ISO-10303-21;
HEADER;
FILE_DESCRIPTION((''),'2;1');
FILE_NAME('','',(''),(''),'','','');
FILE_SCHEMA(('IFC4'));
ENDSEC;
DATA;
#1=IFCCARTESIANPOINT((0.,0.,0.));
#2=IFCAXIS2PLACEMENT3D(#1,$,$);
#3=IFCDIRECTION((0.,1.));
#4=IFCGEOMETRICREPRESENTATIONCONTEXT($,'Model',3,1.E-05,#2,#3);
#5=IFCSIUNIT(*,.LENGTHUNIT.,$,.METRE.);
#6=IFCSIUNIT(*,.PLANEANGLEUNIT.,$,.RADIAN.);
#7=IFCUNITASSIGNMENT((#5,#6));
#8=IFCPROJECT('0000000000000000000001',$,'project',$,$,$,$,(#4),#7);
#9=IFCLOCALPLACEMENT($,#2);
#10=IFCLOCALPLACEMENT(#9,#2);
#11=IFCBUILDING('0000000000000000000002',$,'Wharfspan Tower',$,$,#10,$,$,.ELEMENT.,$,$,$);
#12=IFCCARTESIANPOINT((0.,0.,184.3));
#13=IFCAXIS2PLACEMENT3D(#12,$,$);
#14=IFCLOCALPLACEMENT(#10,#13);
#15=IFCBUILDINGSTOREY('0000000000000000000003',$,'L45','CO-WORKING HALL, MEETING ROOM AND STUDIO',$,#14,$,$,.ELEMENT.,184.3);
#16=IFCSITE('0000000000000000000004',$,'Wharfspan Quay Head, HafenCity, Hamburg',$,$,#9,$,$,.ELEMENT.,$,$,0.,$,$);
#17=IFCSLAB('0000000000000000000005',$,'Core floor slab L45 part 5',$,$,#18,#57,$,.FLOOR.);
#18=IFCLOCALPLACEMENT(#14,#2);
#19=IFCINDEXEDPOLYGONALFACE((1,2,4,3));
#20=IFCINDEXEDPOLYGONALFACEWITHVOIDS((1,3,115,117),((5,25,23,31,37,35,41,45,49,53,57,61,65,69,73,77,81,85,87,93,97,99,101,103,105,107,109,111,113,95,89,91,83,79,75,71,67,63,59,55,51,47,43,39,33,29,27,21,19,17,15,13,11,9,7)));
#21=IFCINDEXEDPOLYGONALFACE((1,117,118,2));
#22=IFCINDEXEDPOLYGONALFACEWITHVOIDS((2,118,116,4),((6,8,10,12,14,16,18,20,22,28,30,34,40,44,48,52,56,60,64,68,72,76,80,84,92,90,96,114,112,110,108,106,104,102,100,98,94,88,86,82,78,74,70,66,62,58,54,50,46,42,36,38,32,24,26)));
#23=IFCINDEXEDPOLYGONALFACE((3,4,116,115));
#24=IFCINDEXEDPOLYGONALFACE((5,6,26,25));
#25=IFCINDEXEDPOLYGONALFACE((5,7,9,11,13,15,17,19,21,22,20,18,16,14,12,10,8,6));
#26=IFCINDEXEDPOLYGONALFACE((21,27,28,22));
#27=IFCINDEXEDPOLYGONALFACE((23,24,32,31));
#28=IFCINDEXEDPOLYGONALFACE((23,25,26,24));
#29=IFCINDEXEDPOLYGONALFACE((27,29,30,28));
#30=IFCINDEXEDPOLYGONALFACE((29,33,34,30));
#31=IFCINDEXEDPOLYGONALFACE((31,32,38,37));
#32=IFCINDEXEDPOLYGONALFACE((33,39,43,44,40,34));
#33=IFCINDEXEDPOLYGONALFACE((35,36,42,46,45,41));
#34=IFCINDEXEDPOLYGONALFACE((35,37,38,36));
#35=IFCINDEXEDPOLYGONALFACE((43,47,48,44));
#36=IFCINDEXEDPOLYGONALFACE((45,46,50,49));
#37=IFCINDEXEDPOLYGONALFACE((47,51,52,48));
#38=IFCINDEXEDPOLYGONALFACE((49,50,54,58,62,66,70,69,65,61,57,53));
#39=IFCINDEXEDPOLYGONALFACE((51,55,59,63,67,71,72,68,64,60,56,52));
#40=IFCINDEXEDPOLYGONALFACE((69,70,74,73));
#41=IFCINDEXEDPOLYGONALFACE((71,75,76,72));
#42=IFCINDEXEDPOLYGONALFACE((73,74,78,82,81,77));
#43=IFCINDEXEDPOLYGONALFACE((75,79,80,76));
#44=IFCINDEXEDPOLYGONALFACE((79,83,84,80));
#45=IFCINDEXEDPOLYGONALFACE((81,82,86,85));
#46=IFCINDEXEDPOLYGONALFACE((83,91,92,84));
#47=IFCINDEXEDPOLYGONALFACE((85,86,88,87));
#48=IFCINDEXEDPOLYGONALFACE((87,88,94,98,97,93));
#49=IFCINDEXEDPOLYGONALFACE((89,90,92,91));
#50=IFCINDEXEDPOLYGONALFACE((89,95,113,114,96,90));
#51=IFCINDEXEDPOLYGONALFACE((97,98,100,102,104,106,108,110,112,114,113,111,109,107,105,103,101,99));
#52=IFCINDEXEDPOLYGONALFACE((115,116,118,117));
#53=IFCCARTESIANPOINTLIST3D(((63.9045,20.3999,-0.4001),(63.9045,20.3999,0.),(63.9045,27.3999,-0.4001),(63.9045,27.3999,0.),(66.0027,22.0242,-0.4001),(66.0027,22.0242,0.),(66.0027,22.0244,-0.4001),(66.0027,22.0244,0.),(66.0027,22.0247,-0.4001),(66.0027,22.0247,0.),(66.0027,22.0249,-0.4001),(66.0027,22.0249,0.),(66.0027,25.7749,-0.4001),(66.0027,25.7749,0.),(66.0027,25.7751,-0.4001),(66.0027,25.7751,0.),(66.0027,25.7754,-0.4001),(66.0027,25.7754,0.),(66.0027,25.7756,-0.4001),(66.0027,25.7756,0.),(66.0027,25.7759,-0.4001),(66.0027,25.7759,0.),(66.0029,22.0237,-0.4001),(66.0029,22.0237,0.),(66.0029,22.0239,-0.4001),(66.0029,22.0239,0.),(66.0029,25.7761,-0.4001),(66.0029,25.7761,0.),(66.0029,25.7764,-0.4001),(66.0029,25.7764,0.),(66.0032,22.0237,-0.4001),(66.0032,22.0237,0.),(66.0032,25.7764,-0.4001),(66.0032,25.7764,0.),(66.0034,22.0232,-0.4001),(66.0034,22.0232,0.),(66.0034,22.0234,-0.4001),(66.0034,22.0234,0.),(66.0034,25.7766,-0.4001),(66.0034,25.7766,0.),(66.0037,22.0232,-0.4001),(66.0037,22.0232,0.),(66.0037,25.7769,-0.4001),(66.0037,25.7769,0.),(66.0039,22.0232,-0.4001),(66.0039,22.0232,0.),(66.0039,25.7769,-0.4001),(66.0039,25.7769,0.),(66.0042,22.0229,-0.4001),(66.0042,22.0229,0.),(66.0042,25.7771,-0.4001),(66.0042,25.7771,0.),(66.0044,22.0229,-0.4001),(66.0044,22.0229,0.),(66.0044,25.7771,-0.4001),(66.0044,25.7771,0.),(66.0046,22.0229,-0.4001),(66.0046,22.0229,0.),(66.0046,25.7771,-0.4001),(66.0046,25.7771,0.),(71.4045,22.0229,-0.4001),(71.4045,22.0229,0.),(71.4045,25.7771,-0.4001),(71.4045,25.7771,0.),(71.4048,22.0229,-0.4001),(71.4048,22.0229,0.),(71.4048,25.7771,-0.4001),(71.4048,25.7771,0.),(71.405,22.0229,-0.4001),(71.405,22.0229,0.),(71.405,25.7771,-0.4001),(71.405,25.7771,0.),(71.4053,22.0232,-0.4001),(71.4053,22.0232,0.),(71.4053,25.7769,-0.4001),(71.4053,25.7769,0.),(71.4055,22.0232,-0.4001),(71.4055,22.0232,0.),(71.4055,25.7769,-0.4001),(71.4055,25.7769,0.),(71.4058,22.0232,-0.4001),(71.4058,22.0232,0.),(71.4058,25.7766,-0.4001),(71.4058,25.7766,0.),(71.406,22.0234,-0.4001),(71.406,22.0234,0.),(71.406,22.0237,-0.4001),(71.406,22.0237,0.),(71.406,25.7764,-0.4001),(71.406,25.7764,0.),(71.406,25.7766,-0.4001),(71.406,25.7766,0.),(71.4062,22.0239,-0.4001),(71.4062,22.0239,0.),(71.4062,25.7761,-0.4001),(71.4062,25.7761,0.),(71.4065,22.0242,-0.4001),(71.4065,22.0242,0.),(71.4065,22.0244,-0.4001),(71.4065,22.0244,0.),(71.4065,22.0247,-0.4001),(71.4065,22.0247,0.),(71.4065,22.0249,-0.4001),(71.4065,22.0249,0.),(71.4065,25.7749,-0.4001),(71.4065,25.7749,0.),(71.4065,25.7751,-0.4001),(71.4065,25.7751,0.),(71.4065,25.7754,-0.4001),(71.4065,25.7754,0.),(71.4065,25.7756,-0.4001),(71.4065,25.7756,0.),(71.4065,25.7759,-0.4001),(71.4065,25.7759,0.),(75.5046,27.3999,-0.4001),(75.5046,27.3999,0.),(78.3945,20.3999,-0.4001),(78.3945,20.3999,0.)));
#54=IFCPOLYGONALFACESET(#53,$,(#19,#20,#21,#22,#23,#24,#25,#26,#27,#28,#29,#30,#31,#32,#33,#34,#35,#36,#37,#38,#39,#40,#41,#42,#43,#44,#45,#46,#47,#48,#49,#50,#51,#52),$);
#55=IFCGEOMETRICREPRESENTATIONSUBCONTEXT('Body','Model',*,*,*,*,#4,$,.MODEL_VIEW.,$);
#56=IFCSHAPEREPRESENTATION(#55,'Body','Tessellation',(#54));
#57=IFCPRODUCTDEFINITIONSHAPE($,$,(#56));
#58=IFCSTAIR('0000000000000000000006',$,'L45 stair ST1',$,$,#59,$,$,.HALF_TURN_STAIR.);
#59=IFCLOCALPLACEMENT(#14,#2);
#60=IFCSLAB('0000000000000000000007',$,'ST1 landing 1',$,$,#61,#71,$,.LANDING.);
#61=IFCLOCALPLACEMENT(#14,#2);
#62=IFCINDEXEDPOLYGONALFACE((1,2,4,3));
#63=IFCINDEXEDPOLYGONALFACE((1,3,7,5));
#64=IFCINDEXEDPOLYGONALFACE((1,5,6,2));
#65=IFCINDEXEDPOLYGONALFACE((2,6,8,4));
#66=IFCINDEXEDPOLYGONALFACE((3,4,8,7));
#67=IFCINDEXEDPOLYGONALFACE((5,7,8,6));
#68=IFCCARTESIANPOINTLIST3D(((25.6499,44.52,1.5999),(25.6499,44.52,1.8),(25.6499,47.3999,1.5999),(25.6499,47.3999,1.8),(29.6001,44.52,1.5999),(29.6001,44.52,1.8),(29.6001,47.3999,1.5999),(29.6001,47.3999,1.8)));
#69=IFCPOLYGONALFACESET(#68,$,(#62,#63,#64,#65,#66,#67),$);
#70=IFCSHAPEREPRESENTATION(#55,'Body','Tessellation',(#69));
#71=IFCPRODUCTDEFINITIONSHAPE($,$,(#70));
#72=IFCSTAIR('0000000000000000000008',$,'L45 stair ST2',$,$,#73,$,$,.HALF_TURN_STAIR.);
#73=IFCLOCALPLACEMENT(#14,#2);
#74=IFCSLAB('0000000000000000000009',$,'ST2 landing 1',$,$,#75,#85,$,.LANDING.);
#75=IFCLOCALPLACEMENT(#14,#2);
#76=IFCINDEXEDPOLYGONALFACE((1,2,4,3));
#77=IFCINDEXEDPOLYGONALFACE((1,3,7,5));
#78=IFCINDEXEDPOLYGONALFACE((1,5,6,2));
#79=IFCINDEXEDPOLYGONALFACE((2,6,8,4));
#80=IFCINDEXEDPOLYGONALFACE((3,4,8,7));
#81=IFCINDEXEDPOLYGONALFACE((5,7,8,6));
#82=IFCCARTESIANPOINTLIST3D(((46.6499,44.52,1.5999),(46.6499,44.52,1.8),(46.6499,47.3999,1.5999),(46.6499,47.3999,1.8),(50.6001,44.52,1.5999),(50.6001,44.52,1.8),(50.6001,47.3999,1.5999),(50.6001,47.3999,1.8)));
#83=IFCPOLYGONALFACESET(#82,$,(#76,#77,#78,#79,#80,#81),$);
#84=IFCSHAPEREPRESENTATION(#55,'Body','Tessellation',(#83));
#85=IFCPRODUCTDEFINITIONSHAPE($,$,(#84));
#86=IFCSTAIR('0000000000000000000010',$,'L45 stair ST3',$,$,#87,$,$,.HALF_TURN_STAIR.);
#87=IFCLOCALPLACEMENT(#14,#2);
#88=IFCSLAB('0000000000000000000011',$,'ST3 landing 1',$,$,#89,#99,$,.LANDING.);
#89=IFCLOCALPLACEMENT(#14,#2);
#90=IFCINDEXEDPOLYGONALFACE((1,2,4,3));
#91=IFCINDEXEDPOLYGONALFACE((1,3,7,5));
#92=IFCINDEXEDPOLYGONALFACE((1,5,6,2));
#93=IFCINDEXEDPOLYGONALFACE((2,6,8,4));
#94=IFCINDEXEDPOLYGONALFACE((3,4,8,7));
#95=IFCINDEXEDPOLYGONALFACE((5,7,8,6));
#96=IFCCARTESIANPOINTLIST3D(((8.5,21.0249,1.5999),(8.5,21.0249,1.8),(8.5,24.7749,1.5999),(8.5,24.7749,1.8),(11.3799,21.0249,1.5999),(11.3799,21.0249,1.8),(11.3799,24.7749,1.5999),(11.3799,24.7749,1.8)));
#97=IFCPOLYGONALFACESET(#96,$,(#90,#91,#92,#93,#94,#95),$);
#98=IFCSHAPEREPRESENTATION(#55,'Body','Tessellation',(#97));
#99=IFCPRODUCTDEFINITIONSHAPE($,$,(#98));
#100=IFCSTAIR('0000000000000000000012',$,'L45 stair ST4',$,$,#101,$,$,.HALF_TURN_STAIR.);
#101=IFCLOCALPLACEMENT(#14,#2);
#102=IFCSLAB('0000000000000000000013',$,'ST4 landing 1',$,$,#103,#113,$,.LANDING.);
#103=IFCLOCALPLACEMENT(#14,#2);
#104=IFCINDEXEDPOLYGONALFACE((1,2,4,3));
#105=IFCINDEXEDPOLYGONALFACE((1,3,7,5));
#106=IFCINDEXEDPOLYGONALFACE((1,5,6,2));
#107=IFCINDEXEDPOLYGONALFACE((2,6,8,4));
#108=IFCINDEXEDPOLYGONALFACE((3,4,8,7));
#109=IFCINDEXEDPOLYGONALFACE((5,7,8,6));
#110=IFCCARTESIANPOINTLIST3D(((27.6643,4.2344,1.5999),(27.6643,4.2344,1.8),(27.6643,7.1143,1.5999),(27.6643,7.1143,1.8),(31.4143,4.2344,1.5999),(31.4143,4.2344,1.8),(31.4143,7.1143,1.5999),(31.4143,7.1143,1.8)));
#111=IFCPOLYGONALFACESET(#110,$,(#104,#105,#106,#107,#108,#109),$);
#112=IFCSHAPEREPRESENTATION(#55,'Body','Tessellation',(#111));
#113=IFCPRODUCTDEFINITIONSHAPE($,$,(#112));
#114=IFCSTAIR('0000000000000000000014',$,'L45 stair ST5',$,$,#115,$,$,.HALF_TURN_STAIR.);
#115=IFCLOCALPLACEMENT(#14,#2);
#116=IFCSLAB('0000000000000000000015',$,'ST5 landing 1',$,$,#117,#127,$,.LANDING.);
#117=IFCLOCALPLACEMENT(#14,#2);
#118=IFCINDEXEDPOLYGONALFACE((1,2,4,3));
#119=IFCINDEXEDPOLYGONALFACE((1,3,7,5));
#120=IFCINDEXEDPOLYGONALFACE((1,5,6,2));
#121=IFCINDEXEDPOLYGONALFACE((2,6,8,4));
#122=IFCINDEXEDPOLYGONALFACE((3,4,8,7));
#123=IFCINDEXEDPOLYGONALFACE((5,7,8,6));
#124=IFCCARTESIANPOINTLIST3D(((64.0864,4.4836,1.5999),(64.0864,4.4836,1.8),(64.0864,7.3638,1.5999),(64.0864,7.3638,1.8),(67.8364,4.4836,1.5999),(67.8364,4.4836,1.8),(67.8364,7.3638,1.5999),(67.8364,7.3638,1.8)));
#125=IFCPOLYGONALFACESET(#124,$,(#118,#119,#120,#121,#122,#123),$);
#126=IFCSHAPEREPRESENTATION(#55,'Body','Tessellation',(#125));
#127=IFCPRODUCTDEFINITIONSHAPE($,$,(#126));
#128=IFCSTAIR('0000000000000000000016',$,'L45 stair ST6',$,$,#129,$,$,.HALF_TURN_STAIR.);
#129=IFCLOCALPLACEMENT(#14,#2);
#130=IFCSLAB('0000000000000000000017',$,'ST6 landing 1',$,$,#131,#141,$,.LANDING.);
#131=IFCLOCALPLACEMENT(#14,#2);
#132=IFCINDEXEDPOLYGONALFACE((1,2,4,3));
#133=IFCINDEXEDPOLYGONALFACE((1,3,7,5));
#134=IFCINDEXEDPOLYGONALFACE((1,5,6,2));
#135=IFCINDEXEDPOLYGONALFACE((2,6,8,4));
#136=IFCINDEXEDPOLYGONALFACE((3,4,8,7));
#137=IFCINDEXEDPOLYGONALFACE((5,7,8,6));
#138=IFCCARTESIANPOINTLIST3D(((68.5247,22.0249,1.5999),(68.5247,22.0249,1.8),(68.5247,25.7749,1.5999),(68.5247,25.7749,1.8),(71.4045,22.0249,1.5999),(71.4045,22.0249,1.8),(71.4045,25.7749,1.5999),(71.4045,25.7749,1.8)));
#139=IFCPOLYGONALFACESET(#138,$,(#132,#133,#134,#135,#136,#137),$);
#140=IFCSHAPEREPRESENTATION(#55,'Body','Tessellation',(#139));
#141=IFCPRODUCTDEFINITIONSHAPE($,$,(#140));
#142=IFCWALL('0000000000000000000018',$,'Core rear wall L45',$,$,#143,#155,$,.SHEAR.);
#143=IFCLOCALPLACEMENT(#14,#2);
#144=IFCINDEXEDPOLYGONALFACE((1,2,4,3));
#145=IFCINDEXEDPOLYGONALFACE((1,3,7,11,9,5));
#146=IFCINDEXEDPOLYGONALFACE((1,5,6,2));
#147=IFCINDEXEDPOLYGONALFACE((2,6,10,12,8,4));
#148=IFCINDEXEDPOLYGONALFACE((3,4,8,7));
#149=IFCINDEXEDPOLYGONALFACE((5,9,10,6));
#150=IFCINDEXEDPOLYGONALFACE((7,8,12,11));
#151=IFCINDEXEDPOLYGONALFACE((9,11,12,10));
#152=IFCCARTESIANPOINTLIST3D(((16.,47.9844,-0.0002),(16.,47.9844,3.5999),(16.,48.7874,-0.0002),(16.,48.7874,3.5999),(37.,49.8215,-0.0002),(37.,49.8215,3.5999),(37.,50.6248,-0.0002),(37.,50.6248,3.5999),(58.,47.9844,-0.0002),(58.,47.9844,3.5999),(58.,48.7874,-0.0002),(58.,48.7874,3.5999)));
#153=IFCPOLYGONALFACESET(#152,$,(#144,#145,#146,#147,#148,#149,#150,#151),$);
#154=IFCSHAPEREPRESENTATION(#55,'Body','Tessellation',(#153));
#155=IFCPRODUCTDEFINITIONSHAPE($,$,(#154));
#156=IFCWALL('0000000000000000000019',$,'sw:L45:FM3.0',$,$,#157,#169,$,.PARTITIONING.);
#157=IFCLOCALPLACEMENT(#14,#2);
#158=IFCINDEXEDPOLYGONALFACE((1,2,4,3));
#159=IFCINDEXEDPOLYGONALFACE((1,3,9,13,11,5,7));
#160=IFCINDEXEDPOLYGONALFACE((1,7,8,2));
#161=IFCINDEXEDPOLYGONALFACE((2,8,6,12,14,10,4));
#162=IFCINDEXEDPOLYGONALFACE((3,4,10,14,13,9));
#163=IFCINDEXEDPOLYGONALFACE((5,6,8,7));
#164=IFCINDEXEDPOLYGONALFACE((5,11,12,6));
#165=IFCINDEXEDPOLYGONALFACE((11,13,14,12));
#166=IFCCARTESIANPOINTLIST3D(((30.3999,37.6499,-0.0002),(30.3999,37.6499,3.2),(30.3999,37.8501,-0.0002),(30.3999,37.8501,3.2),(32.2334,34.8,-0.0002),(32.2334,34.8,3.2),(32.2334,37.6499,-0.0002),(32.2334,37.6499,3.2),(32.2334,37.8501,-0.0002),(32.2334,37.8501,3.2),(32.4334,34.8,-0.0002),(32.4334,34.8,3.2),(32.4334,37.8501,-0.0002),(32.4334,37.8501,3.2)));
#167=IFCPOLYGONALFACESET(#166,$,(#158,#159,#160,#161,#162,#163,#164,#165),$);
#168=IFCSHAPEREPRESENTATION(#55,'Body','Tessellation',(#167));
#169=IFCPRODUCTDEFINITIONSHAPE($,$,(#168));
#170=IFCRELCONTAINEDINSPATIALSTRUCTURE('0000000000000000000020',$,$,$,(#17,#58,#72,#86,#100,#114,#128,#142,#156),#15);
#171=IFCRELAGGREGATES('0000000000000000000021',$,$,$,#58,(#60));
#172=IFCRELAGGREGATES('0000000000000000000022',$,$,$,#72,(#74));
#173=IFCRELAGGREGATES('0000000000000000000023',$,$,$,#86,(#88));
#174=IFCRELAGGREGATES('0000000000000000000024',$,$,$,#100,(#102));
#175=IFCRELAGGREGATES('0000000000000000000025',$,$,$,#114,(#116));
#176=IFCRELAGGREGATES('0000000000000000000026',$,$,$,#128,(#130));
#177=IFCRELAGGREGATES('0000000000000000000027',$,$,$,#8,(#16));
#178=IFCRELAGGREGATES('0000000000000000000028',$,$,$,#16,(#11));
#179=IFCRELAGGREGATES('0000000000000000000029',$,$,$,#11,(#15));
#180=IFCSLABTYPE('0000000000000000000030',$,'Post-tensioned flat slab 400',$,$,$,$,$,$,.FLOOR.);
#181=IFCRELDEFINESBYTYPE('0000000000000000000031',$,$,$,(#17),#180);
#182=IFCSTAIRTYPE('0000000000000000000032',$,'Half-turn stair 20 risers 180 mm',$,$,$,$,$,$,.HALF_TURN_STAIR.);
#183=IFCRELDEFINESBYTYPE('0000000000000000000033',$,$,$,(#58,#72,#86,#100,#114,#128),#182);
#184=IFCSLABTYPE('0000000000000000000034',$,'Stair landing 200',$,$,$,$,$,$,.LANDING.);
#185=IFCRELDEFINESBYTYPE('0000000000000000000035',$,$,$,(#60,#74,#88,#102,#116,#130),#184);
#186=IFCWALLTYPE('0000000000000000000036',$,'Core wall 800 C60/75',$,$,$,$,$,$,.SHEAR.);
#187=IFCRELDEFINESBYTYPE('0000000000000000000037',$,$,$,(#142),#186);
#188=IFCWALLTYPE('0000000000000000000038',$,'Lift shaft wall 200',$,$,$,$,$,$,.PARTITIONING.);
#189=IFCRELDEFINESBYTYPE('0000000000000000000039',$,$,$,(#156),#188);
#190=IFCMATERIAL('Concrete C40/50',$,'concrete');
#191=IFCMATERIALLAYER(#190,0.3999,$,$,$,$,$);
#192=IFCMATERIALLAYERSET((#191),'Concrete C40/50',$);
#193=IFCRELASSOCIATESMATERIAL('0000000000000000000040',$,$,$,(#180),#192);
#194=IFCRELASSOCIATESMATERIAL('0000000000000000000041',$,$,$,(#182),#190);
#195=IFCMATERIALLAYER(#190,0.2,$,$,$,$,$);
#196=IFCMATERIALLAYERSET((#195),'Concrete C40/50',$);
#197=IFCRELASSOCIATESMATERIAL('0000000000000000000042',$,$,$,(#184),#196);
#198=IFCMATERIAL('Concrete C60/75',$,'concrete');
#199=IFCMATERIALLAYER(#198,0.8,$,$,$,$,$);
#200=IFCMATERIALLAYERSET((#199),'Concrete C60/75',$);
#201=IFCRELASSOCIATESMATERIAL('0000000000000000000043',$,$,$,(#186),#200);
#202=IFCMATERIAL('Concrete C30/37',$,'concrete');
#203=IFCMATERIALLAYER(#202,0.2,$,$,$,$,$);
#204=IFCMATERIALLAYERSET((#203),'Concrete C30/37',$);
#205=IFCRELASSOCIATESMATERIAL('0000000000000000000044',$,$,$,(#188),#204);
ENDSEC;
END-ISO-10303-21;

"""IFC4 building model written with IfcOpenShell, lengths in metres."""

from ifc_helpers import new_model, si_unit, direction, frame, origin, place, context, subcontext, project, spatial, polyline, outline, extrude, material, layer, layer_set, type_object, element, aggregate, save


model = new_model("IFC4")

# Units and contexts
model_context = context("Model", 3, precision=1e-05, world=origin(), true_north=direction((0.0, 1.0)))
body_context = subcontext(model_context, "Body", "Model", "MODEL_VIEW")
ifc_project = project(units=[si_unit("LENGTHUNIT", "METRE"), si_unit("PLANEANGLEUNIT", "RADIAN")], contexts=[model_context])

# Site, building, storey
site_placement = place(None, origin())
site = spatial("IfcSite", under=ifc_project, at=site_placement, Name="Wharfspan Quay Head, HafenCity, Hamburg", CompositionType="ELEMENT", RefElevation=0.0)
building_placement = place(site_placement, origin())
building = spatial("IfcBuilding", under=site, at=building_placement, Name="Wharfspan Tower", CompositionType="ELEMENT")
storey_placement = place(building_placement, frame((0.0, 0.0, 184.3)))
storey = spatial("IfcBuildingStorey", under=building, at=storey_placement, Name="L45", Description="CO-WORKING HALL, MEETING ROOM AND STUDIO", CompositionType="ELEMENT", Elevation=184.3)

# Slab
ifc_material_1 = material(Name="Concrete C40/50", Category="concrete")
ifc_layer_1 = layer(ifc_material_1, 0.3999)
ifc_layer_set_1 = layer_set([ifc_layer_1], Name="Concrete C40/50")
slab_type_1 = type_object("IfcSlabType", Name="Post-tensioned flat slab 400", PredefinedType="FLOOR", material=ifc_layer_set_1)
slab_1_placement = place(storey_placement, frame((0.0, 0.0, -0.4001)))
element("IfcSlab", 1, at=slab_1_placement, inside=storey, type_object=slab_type_1, Name="Core floor slab L45 part 5", PredefinedType="FLOOR", context=body_context, shape_type="SweptSolid", body=[
    extrude(outline(polyline([(78.3945, 20.3999), (75.5046, 27.3999), (63.9045, 27.3999), (63.9045, 20.3999), (78.3945, 20.3999)]), holes=[polyline([(66.0046, 22.0229), (66.0044, 22.0229), (66.0041, 22.0229), (66.0039, 22.0232), (66.0039, 22.0232), (66.0037, 22.0232), (66.0034, 22.0232), (66.0034, 22.0234), (66.0032, 22.0237), (66.0029, 22.0237), (66.0029, 22.0239), (66.0027, 22.0242), (66.0027, 22.0242), (66.0027, 22.0244), (66.0027, 22.0247), (66.0027, 22.0249), (66.0027, 22.0249), (66.0027, 25.7749), (66.0027, 25.7751), (66.0027, 25.7754), (66.0027, 25.7756), (66.0027, 25.7759), (66.0027, 25.7759), (66.0029, 25.7761), (66.0029, 25.7764), (66.0032, 25.7764), (66.0034, 25.7766), (66.0034, 25.7766), (66.0037, 25.7769), (66.0039, 25.7769), (66.0039, 25.7769), (66.0041, 25.7771), (66.0044, 25.7771), (66.0046, 25.7771), (71.4045, 25.7771), (71.4048, 25.7771), (71.405, 25.7771), (71.4053, 25.7769), (71.4055, 25.7769), (71.4055, 25.7769), (71.4058, 25.7766), (71.406, 25.7766), (71.406, 25.7764), (71.406, 25.7764), (71.4062, 25.7761), (71.4065, 25.7759), (71.4065, 25.7759), (71.4065, 25.7756), (71.4065, 25.7754), (71.4065, 25.7751), (71.4065, 25.7749), (71.4065, 22.0249), (71.4065, 22.0249), (71.4065, 22.0247), (71.4065, 22.0244), (71.4065, 22.0242), (71.4065, 22.0242), (71.4062, 22.0239), (71.406, 22.0237), (71.406, 22.0237), (71.406, 22.0234), (71.4058, 22.0232), (71.4055, 22.0232), (71.4055, 22.0232), (71.4053, 22.0232), (71.405, 22.0229), (71.4048, 22.0229), (71.4045, 22.0229), (66.0046, 22.0229)])]), origin(), (0.0, 0.0, 1.0), 0.4001),
])

# Stairs, slabs
stair_type = type_object("IfcStairType", Name="Half-turn stair 20 risers 180 mm", PredefinedType="HALF_TURN_STAIR", material=ifc_material_1)
stair_1_placement = place(storey_placement, origin())
stair_1 = element("IfcStair", 2, at=stair_1_placement, inside=storey, type_object=stair_type, Name="L45 stair ST1", PredefinedType="HALF_TURN_STAIR")
ifc_layer_2 = layer(ifc_material_1, 0.2)
ifc_layer_set_2 = layer_set([ifc_layer_2], Name="Concrete C40/50")
slab_type_2 = type_object("IfcSlabType", Name="Stair landing 200", PredefinedType="LANDING", material=ifc_layer_set_2)
slab_2_placement = place(storey_placement, frame((0.0, 0.0, 1.5999)))
slab_2 = element("IfcSlab", 3, at=slab_2_placement, type_object=slab_type_2, Name="ST1 landing 1", PredefinedType="LANDING", context=body_context, shape_type="SweptSolid", body=[
    extrude(outline(polyline([(25.6499, 44.52), (29.6001, 44.52), (29.6001, 47.3999), (25.6499, 47.3999), (25.6499, 44.52)])), origin(), (0.0, 0.0, 1.0), 0.2002),
])
aggregate(stair_1, [slab_2])
stair_2_placement = place(storey_placement, origin())
stair_2 = element("IfcStair", 4, at=stair_2_placement, inside=storey, type_object=stair_type, Name="L45 stair ST2", PredefinedType="HALF_TURN_STAIR")
slab_3_placement = place(storey_placement, frame((0.0, 0.0, 1.5999)))
slab_3 = element("IfcSlab", 5, at=slab_3_placement, type_object=slab_type_2, Name="ST2 landing 1", PredefinedType="LANDING", context=body_context, shape_type="SweptSolid", body=[
    extrude(outline(polyline([(46.6499, 44.52), (50.6001, 44.52), (50.6001, 47.3999), (46.6499, 47.3999), (46.6499, 44.52)])), origin(), (0.0, 0.0, 1.0), 0.2002),
])
aggregate(stair_2, [slab_3])
stair_3_placement = place(storey_placement, origin())
stair_3 = element("IfcStair", 6, at=stair_3_placement, inside=storey, type_object=stair_type, Name="L45 stair ST3", PredefinedType="HALF_TURN_STAIR")
slab_4_placement = place(storey_placement, frame((0.0, 0.0, 1.5999)))
slab_4 = element("IfcSlab", 7, at=slab_4_placement, type_object=slab_type_2, Name="ST3 landing 1", PredefinedType="LANDING", context=body_context, shape_type="SweptSolid", body=[
    extrude(outline(polyline([(11.3799, 24.7749), (8.5, 24.7749), (8.5, 21.0249), (11.3799, 21.0249), (11.3799, 24.7749)])), origin(), (0.0, 0.0, 1.0), 0.2002),
])
aggregate(stair_3, [slab_4])
stair_4_placement = place(storey_placement, origin())
stair_4 = element("IfcStair", 8, at=stair_4_placement, inside=storey, type_object=stair_type, Name="L45 stair ST4", PredefinedType="HALF_TURN_STAIR")
slab_5_placement = place(storey_placement, frame((0.0, 0.0, 1.5999)))
slab_5 = element("IfcSlab", 9, at=slab_5_placement, type_object=slab_type_2, Name="ST4 landing 1", PredefinedType="LANDING", context=body_context, shape_type="SweptSolid", body=[
    extrude(outline(polyline([(27.6643, 7.1143), (27.6643, 4.2344), (31.4143, 4.2344), (31.4143, 7.1143), (27.6643, 7.1143)])), origin(), (0.0, 0.0, 1.0), 0.2002),
])
aggregate(stair_4, [slab_5])
stair_5_placement = place(storey_placement, origin())
stair_5 = element("IfcStair", 10, at=stair_5_placement, inside=storey, type_object=stair_type, Name="L45 stair ST5", PredefinedType="HALF_TURN_STAIR")
slab_6_placement = place(storey_placement, frame((0.0, 0.0, 1.5999)))
slab_6 = element("IfcSlab", 11, at=slab_6_placement, type_object=slab_type_2, Name="ST5 landing 1", PredefinedType="LANDING", context=body_context, shape_type="SweptSolid", body=[
    extrude(outline(polyline([(64.0864, 7.3638), (64.0864, 4.4836), (67.8364, 4.4836), (67.8364, 7.3638), (64.0864, 7.3638)])), origin(), (0.0, 0.0, 1.0), 0.2002),
])
aggregate(stair_5, [slab_6])
stair_6_placement = place(storey_placement, origin())
stair_6 = element("IfcStair", 12, at=stair_6_placement, inside=storey, type_object=stair_type, Name="L45 stair ST6", PredefinedType="HALF_TURN_STAIR")
slab_7_placement = place(storey_placement, frame((0.0, 0.0, 1.5999)))
slab_7 = element("IfcSlab", 13, at=slab_7_placement, type_object=slab_type_2, Name="ST6 landing 1", PredefinedType="LANDING", context=body_context, shape_type="SweptSolid", body=[
    extrude(outline(polyline([(68.5247, 22.0249), (71.4045, 22.0249), (71.4045, 25.7749), (68.5247, 25.7749), (68.5247, 22.0249)])), origin(), (0.0, 0.0, 1.0), 0.2002),
])
aggregate(stair_6, [slab_7])

# Walls
ifc_material_2 = material(Name="Concrete C60/75", Category="concrete")
ifc_layer_3 = layer(ifc_material_2, 0.8)
ifc_layer_set_3 = layer_set([ifc_layer_3], Name="Concrete C60/75")
wall_type_1 = type_object("IfcWallType", Name="Core wall 800 C60/75", PredefinedType="SHEAR", material=ifc_layer_set_3)
wall_1_placement = place(storey_placement, frame((0.0, 0.0, -0.0002)))
element("IfcWall", 14, at=wall_1_placement, inside=storey, type_object=wall_type_1, Name="Core rear wall L45", PredefinedType="SHEAR", context=body_context, shape_type="SweptSolid", body=[
    extrude(outline(polyline([(16.0, 47.9844), (37.0, 49.8215), (58.0, 47.9844), (58.0, 48.7874), (37.0, 50.6248), (16.0, 48.7874), (16.0, 47.9844)])), origin(), (0.0, 0.0, 1.0), 3.6001),
])
ifc_material_3 = material(Name="Concrete C30/37", Category="concrete")
ifc_layer_4 = layer(ifc_material_3, 0.2)
ifc_layer_set_4 = layer_set([ifc_layer_4], Name="Concrete C30/37")
wall_type_2 = type_object("IfcWallType", Name="Lift shaft wall 200", PredefinedType="PARTITIONING", material=ifc_layer_set_4)
wall_2_placement = place(storey_placement, frame((0.0, 0.0, -0.0002)))
element("IfcWall", 15, at=wall_2_placement, inside=storey, type_object=wall_type_2, Name="sw:L45:FM3.0", PredefinedType="PARTITIONING", context=body_context, shape_type="SweptSolid", body=[
    extrude(outline(polyline([(32.2334, 37.6499), (30.3999, 37.6499), (30.3999, 37.8501), (32.2334, 37.8501), (32.4333, 37.8501), (32.4333, 34.8), (32.2334, 34.8), (32.2334, 37.6499)])), origin(), (0.0, 0.0, 1.0), 3.2002),
])

save(model, "model.ifc")
